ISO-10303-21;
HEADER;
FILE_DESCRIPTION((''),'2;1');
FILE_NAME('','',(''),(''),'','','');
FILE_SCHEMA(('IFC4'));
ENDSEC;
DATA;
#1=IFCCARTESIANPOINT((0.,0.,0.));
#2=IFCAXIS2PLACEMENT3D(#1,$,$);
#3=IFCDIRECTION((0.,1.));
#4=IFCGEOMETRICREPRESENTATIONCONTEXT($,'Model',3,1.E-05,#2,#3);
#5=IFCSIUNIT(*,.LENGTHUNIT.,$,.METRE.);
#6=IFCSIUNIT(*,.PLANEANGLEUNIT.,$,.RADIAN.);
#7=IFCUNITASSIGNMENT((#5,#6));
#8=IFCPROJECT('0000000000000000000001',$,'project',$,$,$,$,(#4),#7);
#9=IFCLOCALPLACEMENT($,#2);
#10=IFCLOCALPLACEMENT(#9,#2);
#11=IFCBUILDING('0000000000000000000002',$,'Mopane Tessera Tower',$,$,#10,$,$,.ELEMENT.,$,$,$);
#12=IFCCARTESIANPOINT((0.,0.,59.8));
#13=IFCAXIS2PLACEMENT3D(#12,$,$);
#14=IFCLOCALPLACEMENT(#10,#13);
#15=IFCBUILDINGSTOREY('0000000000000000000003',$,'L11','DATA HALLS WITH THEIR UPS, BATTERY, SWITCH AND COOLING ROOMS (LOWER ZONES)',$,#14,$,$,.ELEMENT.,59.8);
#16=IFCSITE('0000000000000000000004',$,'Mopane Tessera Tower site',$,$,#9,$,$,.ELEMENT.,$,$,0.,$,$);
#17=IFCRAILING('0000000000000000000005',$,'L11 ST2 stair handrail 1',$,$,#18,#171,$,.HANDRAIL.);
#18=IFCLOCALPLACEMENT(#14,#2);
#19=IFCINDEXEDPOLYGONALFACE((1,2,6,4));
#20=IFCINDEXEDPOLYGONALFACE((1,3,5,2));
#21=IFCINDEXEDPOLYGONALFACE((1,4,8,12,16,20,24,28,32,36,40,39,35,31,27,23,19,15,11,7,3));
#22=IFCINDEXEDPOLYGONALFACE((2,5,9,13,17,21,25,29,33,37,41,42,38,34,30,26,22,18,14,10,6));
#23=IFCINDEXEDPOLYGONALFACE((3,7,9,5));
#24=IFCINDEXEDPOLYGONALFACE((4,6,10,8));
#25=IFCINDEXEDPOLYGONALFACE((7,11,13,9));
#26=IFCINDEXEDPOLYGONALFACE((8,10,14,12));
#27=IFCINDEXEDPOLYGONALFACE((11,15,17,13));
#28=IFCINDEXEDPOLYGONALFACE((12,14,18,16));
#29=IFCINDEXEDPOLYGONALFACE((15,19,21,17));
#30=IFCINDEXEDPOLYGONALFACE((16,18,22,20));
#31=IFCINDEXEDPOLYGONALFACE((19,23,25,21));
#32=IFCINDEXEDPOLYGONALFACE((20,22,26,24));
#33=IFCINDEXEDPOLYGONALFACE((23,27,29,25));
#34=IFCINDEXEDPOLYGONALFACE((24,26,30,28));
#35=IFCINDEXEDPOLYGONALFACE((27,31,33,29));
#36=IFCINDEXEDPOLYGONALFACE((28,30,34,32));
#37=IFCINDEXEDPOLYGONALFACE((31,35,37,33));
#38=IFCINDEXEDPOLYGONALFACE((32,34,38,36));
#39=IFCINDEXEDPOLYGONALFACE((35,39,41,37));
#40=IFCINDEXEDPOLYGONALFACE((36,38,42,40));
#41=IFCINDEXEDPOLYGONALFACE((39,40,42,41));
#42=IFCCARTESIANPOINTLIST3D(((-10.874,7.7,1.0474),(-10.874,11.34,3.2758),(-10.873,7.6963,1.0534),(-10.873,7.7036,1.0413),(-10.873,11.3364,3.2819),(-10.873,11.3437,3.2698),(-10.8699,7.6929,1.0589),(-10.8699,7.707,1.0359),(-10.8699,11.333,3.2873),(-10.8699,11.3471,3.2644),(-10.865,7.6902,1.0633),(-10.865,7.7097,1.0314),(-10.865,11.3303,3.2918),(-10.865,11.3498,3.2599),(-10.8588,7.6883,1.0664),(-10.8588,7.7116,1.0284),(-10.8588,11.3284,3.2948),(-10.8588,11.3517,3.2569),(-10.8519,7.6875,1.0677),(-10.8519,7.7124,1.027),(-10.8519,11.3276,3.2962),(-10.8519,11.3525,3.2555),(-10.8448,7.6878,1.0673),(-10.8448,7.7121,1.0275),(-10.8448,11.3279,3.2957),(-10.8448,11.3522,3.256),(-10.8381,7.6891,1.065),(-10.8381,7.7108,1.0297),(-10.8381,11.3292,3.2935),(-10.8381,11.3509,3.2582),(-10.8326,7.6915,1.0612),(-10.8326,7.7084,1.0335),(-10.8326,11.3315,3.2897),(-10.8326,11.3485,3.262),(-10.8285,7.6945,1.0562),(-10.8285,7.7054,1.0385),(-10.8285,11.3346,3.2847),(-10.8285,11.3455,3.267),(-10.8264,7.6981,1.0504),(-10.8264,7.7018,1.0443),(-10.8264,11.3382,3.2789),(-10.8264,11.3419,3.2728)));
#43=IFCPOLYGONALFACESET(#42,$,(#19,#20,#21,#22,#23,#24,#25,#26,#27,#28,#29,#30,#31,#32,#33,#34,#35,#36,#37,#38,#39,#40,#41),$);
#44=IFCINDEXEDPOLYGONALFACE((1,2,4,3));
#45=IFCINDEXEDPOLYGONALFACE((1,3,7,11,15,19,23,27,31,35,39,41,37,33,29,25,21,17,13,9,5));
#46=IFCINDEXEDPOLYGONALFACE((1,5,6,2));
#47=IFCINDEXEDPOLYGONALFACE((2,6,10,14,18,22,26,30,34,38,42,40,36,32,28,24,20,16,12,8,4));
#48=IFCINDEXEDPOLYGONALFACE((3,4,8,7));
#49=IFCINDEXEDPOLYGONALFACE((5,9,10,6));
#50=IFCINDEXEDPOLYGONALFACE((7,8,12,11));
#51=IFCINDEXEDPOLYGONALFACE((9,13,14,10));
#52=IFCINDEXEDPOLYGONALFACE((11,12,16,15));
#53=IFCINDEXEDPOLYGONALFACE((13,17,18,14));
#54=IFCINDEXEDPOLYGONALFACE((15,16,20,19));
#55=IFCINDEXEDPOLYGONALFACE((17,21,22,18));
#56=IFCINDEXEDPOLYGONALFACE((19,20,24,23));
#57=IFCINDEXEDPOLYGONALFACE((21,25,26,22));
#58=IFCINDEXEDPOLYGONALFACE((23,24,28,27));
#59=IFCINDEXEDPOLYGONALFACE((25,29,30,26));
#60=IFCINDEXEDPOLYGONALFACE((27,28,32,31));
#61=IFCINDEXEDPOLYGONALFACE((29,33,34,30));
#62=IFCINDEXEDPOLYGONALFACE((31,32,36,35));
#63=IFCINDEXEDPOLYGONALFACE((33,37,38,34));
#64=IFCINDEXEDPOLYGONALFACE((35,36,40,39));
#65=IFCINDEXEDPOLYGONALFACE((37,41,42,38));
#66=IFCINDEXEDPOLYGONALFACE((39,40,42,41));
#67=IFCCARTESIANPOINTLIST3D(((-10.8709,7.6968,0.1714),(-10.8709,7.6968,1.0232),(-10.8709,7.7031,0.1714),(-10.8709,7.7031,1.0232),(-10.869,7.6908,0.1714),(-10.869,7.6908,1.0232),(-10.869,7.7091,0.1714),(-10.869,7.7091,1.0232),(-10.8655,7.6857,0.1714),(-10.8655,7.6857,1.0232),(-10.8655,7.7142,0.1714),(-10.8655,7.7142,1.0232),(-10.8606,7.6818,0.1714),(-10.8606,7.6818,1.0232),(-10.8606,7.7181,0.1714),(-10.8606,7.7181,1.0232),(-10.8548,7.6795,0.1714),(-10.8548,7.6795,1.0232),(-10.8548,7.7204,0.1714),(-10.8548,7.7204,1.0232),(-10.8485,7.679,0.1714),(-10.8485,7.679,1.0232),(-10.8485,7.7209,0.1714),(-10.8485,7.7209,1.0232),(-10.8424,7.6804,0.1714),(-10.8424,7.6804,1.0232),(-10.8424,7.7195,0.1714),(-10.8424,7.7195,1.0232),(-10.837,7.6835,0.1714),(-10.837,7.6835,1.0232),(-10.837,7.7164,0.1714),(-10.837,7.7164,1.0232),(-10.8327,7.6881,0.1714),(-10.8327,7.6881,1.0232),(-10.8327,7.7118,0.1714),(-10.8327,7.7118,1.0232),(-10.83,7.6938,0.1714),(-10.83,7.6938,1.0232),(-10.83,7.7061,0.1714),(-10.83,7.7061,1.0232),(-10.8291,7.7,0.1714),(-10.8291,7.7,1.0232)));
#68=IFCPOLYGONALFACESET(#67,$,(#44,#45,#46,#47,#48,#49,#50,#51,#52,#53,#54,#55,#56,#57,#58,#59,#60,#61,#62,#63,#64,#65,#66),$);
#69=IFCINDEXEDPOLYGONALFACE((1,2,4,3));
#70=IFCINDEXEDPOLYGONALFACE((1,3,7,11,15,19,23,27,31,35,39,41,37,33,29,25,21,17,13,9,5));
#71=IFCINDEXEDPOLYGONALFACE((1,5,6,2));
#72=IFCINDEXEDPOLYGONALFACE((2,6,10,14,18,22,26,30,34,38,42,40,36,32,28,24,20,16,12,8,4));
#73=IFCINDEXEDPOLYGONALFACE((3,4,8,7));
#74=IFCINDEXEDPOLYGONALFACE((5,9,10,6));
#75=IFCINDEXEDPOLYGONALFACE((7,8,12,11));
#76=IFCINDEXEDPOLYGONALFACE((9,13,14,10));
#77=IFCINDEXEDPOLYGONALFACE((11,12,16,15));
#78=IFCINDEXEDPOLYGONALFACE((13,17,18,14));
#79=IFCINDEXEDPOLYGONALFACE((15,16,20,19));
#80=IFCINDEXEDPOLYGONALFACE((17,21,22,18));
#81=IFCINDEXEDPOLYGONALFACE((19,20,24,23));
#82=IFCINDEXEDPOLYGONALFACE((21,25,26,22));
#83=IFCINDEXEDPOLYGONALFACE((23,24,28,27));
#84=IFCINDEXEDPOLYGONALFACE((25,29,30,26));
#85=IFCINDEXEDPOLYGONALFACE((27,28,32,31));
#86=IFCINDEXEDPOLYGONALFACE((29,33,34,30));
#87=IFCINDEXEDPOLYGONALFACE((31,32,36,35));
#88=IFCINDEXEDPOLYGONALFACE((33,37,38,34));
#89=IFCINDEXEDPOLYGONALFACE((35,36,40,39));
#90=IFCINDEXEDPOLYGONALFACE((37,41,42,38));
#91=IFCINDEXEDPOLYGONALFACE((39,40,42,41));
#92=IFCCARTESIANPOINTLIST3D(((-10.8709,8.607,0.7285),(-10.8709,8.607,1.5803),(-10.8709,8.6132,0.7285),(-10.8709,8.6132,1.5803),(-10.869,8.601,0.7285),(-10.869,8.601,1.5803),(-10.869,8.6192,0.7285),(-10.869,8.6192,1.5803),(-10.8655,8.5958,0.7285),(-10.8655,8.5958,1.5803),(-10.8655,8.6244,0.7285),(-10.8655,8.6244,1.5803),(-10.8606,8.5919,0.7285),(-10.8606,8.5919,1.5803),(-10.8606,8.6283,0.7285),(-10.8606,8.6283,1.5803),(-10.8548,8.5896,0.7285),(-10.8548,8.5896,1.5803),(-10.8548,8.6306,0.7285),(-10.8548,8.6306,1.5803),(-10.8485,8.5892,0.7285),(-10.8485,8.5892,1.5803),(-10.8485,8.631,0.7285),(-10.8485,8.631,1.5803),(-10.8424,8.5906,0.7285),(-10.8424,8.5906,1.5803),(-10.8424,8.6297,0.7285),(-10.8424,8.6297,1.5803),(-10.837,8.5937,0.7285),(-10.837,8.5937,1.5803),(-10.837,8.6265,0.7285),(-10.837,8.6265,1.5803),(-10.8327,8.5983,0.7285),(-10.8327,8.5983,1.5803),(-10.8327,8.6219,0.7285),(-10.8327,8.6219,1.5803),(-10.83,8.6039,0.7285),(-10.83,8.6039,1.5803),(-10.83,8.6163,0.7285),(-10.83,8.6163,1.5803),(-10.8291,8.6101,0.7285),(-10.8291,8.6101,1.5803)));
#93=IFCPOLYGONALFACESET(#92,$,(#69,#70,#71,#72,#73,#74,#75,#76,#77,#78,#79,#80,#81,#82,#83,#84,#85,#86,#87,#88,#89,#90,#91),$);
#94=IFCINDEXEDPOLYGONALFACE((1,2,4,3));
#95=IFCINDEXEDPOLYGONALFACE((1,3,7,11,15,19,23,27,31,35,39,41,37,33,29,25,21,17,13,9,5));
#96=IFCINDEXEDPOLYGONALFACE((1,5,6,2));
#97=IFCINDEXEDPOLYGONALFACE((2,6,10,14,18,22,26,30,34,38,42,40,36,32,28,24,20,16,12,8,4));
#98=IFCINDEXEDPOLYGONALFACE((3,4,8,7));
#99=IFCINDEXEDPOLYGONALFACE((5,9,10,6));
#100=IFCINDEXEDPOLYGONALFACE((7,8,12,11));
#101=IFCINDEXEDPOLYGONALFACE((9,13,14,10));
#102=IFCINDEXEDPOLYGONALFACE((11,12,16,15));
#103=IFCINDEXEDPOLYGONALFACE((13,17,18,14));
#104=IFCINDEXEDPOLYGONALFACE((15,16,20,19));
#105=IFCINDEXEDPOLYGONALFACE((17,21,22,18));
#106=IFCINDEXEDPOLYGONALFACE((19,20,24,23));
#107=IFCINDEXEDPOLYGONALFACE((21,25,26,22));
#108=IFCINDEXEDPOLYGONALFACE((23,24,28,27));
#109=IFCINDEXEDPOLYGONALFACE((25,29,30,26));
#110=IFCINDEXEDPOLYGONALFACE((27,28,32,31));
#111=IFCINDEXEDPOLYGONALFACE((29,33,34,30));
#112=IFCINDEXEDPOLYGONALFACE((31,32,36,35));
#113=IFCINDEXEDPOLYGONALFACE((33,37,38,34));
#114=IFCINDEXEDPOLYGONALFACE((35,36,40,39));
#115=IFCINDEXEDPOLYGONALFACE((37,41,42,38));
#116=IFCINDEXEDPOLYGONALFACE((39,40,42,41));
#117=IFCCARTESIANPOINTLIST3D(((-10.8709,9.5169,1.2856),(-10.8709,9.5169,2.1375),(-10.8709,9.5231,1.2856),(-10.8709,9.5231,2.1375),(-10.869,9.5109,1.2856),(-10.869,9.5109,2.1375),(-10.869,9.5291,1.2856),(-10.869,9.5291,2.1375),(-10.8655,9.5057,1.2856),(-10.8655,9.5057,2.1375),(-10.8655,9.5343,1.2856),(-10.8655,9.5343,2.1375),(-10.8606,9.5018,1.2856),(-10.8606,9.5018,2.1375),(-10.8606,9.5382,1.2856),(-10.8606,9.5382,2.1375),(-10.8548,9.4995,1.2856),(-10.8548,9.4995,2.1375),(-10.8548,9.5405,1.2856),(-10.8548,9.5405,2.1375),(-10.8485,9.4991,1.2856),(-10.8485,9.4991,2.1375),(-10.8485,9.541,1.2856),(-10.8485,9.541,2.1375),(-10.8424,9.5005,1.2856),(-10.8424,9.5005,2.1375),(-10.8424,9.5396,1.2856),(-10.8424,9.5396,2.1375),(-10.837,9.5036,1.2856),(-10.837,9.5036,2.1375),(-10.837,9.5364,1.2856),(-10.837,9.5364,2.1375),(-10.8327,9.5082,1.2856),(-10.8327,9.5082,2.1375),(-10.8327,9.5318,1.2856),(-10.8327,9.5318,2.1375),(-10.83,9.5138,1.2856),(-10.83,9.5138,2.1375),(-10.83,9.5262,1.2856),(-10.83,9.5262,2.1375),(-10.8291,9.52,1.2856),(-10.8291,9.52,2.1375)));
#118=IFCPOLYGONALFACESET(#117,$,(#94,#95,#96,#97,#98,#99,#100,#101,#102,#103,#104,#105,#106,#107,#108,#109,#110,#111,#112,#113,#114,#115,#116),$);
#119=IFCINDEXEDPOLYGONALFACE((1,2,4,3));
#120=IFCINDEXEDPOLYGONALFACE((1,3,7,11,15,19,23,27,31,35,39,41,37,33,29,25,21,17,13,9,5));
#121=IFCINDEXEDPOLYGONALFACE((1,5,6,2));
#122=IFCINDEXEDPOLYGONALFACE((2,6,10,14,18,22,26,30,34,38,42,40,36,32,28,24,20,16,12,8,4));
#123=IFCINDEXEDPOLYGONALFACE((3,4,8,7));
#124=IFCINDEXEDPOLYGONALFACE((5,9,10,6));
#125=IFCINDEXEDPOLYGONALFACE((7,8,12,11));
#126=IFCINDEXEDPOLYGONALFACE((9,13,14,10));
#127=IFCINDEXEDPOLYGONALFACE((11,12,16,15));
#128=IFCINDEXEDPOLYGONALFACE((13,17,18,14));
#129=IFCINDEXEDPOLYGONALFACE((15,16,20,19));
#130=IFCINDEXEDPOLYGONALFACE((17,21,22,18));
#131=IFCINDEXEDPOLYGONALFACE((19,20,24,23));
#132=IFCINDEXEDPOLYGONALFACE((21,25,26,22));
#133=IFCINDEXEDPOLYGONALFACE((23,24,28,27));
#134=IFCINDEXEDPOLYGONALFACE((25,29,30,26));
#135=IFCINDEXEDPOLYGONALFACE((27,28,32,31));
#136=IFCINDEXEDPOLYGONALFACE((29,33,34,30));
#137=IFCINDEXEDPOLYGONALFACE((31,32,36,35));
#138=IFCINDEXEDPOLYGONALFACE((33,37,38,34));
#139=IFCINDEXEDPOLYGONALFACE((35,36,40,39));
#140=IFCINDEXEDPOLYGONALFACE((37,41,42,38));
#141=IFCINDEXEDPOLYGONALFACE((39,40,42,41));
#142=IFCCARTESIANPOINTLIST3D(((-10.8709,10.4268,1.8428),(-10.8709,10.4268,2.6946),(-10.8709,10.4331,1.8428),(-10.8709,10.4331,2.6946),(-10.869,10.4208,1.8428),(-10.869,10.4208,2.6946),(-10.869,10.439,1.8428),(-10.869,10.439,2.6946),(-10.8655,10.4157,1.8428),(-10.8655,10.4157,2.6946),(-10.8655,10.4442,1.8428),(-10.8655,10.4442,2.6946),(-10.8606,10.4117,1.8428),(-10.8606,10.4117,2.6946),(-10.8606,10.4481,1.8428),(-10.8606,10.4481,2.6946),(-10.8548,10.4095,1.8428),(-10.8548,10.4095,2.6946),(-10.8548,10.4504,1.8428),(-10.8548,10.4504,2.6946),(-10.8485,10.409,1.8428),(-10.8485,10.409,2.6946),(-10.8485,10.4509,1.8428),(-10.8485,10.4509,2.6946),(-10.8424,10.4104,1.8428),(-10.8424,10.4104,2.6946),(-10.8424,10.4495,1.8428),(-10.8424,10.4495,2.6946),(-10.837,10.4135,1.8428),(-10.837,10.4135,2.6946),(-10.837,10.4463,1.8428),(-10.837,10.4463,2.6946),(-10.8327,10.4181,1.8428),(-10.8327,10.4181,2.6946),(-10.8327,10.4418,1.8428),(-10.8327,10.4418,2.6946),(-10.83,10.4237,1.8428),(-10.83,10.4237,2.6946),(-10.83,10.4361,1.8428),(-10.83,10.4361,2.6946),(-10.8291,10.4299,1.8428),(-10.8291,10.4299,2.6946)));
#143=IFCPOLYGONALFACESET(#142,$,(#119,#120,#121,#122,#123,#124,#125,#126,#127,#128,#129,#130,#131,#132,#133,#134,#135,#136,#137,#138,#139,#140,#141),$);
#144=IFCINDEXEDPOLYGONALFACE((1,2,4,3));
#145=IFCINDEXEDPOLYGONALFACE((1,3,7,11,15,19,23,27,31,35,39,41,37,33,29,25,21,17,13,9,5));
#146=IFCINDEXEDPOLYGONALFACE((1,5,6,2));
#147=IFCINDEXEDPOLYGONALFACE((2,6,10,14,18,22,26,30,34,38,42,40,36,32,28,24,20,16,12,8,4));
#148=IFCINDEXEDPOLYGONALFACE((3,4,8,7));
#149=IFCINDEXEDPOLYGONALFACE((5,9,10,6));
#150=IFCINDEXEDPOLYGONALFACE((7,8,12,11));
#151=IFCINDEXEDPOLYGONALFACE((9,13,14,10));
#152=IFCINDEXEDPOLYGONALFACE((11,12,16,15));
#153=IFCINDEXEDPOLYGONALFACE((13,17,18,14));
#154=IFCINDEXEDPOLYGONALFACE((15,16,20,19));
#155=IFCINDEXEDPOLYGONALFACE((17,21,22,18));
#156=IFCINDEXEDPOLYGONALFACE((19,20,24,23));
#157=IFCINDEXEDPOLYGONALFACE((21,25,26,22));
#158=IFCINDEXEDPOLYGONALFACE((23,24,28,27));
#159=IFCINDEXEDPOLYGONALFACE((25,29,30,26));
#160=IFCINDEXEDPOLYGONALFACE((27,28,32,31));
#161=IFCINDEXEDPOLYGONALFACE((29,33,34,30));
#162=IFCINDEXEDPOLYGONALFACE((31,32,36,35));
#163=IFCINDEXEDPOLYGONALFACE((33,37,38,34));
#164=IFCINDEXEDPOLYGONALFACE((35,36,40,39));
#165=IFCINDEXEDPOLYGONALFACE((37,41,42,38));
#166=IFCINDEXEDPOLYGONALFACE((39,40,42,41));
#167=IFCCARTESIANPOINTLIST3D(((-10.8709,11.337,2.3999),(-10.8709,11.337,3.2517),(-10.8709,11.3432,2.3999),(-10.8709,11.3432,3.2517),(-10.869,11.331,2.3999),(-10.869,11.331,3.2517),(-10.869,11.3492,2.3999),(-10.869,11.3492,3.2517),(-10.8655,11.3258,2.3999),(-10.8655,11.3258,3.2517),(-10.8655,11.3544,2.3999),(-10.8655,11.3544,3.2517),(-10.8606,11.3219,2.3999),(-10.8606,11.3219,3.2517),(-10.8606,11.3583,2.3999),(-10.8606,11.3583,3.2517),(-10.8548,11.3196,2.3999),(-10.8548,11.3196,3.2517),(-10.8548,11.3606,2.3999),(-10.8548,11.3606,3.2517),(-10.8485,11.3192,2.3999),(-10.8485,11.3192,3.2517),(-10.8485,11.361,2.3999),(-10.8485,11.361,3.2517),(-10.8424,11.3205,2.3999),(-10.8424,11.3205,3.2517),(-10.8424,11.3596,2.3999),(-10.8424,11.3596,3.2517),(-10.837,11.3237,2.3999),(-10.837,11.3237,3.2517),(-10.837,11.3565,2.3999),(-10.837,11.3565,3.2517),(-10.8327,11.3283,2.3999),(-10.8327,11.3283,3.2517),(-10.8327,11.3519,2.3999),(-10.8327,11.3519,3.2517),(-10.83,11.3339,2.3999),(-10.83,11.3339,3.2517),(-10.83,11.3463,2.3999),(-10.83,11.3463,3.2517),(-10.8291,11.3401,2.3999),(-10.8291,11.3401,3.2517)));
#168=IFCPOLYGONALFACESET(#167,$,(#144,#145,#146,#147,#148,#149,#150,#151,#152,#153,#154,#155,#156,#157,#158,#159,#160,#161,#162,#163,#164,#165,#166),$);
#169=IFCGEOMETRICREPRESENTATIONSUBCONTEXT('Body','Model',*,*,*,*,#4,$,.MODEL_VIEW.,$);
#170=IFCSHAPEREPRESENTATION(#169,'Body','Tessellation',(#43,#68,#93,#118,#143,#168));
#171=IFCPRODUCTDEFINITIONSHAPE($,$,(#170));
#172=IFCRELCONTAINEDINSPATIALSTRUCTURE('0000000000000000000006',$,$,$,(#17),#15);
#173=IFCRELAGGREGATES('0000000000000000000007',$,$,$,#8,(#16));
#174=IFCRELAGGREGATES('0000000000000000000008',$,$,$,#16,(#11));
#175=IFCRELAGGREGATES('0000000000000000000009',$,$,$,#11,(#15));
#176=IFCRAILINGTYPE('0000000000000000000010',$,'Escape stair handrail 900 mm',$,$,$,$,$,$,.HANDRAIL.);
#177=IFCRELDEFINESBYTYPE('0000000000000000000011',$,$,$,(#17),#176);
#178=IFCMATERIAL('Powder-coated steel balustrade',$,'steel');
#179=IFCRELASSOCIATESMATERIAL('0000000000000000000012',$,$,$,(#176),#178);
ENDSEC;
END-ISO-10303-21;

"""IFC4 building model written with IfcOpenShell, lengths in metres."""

from ifc_helpers import new_model, si_unit, direction, frame, origin, origin_2d, place, context, subcontext, project, spatial, circle, extrude, material, type_object, element, save


model = new_model("IFC4")

# Units and contexts
model_context = context("Model", 3, precision=1e-05, world=origin(), true_north=direction((0.0, 1.0)))
body_context = subcontext(model_context, "Body", "Model", "MODEL_VIEW")
ifc_project = project(units=[si_unit("LENGTHUNIT", "METRE"), si_unit("PLANEANGLEUNIT", "RADIAN")], contexts=[model_context])

# Site, building, storey
site_placement = place(None, origin())
site = spatial("IfcSite", under=ifc_project, at=site_placement, Name="Mopane Tessera Tower site", CompositionType="ELEMENT", RefElevation=0.0)
building_placement = place(site_placement, origin())
building = spatial("IfcBuilding", under=site, at=building_placement, Name="Mopane Tessera Tower", CompositionType="ELEMENT")
storey_placement = place(building_placement, frame((0.0, 0.0, 59.8)))
storey = spatial("IfcBuildingStorey", under=building, at=storey_placement, Name="L11", Description="DATA HALLS WITH THEIR UPS, BATTERY, SWITCH AND COOLING ROOMS (LOWER ZONES)", CompositionType="ELEMENT", Elevation=59.8)

# Railing
ifc_material_1 = material(Name="Powder-coated steel balustrade", Category="steel")
railing_type_1 = type_object("IfcRailingType", Name="Escape stair handrail 900 mm", PredefinedType="HANDRAIL", material=ifc_material_1)
railing_1_placement = place(storey_placement, frame((-10.8501, 7.7, 0.1714)))
element("IfcRailing", 1, at=railing_1_placement, inside=storey, type_object=railing_type_1, Name="L11 ST2 stair handrail 1", PredefinedType="HANDRAIL", context=body_context, shape_type="SweptSolid", body=[
    extrude(circle(Radius=0.0239, at=origin_2d()), frame((0.0, 0.0, 0.876), z_axis=(0.0, 0.852866, 0.52213), x_axis=(-1.0, 0.0, 0.0)), (0.0, 0.0, 1.0), 4.2681),
    extrude(circle(Radius=0.021, at=origin_2d()), origin(), (0.0, 0.0, 1.0), 0.8518),
    extrude(circle(Radius=0.021, at=origin_2d()), frame((0.0, 0.9102, 0.5571)), (0.0, 0.0, 1.0), 0.8518),
    extrude(circle(Radius=0.021, at=origin_2d()), frame((0.0, 1.8201, 1.1143)), (0.0, 0.0, 1.0), 0.8518),
    extrude(circle(Radius=0.021, at=origin_2d()), frame((0.0, 2.73, 1.6714)), (0.0, 0.0, 1.0), 0.8518),
    extrude(circle(Radius=0.021, at=origin_2d()), frame((0.0, 3.6401, 2.2285)), (0.0, 0.0, 1.0), 0.8518),
])

save(model, "model.ifc")
